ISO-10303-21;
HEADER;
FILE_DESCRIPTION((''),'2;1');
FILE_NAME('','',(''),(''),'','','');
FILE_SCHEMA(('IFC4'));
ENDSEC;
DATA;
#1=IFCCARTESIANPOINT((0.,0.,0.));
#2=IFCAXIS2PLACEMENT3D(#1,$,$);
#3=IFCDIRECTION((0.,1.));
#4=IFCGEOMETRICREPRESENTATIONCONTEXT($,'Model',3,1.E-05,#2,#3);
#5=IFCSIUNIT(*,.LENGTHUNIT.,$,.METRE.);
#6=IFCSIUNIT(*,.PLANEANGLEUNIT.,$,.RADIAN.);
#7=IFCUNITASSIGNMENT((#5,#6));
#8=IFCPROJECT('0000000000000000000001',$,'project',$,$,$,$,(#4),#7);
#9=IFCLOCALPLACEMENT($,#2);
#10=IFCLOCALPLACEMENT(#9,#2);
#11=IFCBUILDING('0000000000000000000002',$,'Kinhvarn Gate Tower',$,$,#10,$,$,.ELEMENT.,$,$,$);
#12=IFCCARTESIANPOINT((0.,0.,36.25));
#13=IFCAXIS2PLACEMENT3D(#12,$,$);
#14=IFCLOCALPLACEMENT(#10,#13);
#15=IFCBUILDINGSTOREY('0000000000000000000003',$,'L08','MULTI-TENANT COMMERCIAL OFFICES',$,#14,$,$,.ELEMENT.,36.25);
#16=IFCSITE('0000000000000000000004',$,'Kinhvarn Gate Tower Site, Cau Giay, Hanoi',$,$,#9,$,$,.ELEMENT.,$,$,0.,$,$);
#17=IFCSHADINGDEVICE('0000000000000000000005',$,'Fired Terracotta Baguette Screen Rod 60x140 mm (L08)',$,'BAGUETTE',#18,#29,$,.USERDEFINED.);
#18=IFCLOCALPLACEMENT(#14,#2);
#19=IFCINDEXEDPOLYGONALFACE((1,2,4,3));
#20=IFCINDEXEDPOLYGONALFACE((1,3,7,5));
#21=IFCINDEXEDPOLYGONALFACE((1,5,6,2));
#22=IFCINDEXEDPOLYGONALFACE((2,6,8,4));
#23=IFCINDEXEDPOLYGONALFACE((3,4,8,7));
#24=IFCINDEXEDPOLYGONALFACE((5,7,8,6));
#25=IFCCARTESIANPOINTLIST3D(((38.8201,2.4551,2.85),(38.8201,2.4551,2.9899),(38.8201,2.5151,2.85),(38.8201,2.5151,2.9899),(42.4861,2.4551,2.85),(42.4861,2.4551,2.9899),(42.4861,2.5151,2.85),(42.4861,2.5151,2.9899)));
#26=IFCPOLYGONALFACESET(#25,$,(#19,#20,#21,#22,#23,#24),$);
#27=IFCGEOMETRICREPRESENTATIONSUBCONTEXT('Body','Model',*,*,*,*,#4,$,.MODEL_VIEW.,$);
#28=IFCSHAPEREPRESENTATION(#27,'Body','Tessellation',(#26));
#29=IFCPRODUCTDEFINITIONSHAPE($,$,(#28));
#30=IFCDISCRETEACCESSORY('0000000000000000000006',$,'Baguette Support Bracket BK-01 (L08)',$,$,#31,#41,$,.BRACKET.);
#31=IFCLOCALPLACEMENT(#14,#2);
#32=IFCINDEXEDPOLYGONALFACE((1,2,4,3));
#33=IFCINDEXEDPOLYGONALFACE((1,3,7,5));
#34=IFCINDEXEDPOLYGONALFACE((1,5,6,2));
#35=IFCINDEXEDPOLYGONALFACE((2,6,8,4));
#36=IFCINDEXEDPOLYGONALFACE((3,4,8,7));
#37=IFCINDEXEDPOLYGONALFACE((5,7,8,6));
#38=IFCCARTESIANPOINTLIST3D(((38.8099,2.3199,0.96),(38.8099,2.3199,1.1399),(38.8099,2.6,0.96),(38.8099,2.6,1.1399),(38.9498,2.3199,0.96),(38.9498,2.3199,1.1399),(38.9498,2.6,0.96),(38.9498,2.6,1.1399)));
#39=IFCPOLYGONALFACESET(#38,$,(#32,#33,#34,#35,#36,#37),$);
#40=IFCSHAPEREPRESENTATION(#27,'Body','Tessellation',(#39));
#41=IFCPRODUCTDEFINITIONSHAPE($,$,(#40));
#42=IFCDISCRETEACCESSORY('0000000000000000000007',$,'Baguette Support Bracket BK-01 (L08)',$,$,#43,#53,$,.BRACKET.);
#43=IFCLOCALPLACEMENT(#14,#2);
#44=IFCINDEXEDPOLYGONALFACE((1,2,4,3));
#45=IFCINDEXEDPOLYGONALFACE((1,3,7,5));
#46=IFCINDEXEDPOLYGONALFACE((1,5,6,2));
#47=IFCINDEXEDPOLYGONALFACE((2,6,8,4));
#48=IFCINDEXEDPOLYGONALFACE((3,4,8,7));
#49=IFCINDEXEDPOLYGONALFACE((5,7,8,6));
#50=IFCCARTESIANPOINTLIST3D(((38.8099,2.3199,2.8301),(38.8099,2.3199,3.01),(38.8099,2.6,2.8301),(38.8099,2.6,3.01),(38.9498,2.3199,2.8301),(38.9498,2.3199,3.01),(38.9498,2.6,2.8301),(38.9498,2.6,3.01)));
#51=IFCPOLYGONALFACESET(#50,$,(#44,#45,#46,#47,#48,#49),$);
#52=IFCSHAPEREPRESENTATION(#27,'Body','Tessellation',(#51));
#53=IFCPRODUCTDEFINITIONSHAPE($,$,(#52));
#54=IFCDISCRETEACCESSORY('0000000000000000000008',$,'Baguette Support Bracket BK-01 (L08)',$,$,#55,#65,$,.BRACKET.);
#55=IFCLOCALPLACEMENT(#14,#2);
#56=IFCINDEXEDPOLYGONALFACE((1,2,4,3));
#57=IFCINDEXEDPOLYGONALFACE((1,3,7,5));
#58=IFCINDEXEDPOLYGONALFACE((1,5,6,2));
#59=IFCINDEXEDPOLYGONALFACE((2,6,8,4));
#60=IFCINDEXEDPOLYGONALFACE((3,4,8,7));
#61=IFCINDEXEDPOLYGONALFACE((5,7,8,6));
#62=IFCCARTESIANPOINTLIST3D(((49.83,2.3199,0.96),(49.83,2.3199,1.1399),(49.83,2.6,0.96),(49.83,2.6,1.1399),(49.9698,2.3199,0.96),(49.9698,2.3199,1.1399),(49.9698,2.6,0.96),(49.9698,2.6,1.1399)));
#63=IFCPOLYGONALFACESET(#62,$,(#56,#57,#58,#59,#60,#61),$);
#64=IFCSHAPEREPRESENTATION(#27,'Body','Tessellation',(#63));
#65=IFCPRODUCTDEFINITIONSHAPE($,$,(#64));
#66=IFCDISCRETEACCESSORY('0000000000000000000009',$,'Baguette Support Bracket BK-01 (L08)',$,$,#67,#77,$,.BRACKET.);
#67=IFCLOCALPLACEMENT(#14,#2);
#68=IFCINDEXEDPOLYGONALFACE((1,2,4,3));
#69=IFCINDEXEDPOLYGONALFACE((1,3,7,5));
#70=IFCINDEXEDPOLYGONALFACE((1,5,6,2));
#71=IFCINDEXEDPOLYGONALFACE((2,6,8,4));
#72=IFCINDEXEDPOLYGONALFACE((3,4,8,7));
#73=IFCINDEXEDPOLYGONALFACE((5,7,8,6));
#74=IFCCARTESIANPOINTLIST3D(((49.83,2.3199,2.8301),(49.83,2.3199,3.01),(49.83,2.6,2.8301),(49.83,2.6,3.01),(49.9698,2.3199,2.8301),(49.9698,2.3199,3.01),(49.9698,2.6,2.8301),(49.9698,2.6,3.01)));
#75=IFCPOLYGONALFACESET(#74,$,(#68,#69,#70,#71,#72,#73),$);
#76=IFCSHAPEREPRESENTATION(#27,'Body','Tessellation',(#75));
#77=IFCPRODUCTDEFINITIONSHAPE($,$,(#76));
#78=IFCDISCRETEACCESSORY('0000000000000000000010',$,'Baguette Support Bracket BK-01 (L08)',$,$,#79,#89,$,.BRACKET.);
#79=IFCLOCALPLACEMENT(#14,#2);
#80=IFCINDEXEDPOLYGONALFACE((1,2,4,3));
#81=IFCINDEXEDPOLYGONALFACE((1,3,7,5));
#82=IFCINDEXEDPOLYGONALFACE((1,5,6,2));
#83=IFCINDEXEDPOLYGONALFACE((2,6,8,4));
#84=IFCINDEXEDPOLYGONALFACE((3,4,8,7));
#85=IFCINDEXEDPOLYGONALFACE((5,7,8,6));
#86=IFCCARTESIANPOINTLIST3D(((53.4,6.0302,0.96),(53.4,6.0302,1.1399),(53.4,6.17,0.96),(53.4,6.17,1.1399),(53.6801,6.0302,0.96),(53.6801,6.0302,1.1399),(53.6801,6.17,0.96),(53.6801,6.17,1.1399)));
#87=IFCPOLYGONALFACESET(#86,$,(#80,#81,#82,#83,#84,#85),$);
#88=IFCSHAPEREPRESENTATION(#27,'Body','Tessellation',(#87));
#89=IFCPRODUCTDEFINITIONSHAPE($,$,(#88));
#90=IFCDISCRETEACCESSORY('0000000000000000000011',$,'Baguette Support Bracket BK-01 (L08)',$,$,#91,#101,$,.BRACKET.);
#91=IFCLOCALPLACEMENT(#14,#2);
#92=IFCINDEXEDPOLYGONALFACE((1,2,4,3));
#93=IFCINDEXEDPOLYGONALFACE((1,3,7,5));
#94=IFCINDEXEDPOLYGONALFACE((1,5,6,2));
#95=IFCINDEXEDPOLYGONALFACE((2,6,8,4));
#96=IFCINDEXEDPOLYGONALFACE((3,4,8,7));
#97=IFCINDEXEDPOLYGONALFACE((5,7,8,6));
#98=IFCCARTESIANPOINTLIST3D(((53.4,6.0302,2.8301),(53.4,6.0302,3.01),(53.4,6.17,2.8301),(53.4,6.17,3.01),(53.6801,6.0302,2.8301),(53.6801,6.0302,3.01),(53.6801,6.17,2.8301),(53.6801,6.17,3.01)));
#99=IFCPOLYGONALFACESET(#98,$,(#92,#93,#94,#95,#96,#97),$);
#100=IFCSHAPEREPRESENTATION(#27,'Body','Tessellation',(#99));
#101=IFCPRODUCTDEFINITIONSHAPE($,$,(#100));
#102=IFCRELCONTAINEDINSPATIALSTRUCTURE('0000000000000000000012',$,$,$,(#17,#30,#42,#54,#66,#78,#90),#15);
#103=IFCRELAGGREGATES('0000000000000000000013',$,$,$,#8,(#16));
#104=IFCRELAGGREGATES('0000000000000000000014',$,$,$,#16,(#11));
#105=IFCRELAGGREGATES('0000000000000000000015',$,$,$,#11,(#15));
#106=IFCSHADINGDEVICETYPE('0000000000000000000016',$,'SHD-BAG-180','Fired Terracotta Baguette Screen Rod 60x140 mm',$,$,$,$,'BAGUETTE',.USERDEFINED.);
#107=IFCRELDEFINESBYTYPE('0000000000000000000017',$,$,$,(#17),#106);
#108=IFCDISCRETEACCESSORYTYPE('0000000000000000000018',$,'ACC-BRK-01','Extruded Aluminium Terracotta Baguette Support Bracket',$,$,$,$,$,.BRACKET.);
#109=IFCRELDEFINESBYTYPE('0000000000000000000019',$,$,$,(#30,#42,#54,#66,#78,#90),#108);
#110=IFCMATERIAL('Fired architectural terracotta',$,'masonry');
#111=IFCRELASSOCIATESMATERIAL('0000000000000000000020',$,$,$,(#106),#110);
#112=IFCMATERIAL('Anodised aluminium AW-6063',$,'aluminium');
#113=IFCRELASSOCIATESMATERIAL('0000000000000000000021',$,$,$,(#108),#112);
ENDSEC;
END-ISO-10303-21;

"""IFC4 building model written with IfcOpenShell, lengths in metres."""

from ifc_helpers import new_model, si_unit, direction, frame, origin, origin_2d, place, context, subcontext, project, spatial, rectangle, extrude, material, material_profile, profile_set, type_object, element, save


model = new_model("IFC4")

# Units and contexts
model_context = context("Model", 3, precision=1e-05, world=origin(), true_north=direction((0.0, 1.0)))
body_context = subcontext(model_context, "Body", "Model", "MODEL_VIEW")
ifc_project = project(units=[si_unit("LENGTHUNIT", "METRE"), si_unit("PLANEANGLEUNIT", "RADIAN")], contexts=[model_context])

# Site, building, storey
site_placement = place(None, origin())
site = spatial("IfcSite", under=ifc_project, at=site_placement, Name="Kinhvarn Gate Tower Site, Cau Giay, Hanoi", CompositionType="ELEMENT", RefElevation=0.0)
building_placement = place(site_placement, origin())
building = spatial("IfcBuilding", under=site, at=building_placement, Name="Kinhvarn Gate Tower", CompositionType="ELEMENT")
storey_placement = place(building_placement, frame((0.0, 0.0, 36.25)))
storey = spatial("IfcBuildingStorey", under=building, at=storey_placement, Name="L08", Description="MULTI-TENANT COMMERCIAL OFFICES", CompositionType="ELEMENT", Elevation=36.25)

# Shared definitions
ifc_material_1 = material(Name="Anodised aluminium AW-6063", Category="aluminium")

# Shared definitions
ifc_material_2 = material(Name="Fired architectural terracotta", Category="masonry")

# Shading device
ifc_material_profile_1 = material_profile(ifc_material_2, rectangle(XDim=0.0601, YDim=0.1399, at=origin_2d()), Name="TC 60x140")
ifc_profile_set_1 = profile_set([ifc_material_profile_1], Name="Fired architectural terracotta")
shading_device_type = type_object("IfcShadingDeviceType", Name="SHD-BAG-180", Description="Fired Terracotta Baguette Screen Rod 60x140 mm", ElementType="BAGUETTE", PredefinedType="USERDEFINED", material=ifc_profile_set_1)
for number, where, z_axis, x_axis, name in (
    (1, (38.8201, 2.4851, 2.9199), (1.0, 0.0, 0.0), (0.0, 1.0, 0.0), "Fired Terracotta Baguette Screen Rod 60x140 mm (L08)"),
):
    element("IfcShadingDevice", number, at=place(storey_placement, frame(where, z_axis=z_axis, x_axis=x_axis)), inside=storey, type_object=shading_device_type, Name=name, ObjectType="BAGUETTE", PredefinedType="USERDEFINED", context=body_context, shape_type="SweptSolid", body=[
        extrude(rectangle(XDim=0.0601, YDim=0.1399, at=origin_2d()), origin(), (0.0, 0.0, 1.0), 3.666),
    ])

# Discrete accessories
discrete_accessory_type = type_object("IfcDiscreteAccessoryType", Name="ACC-BRK-01", Description="Extruded Aluminium Terracotta Baguette Support Bracket", PredefinedType="BRACKET", material=ifc_material_1)
for number, where, z_axis, x_axis, name in (
    (2, (38.8799, 2.46, 0.96), (0.0, 0.0, 1.0), (1.0, 0.0, 0.0), "Baguette Support Bracket BK-01 (L08)"),
    (3, (38.8799, 2.46, 2.8301), (0.0, 0.0, 1.0), (1.0, 0.0, 0.0), "Baguette Support Bracket BK-01 (L08)"),
    (4, (49.8999, 2.46, 0.96), (0.0, 0.0, 1.0), (1.0, 0.0, 0.0), "Baguette Support Bracket BK-01 (L08)"),
    (5, (49.8999, 2.46, 2.8301), (0.0, 0.0, 1.0), (1.0, 0.0, 0.0), "Baguette Support Bracket BK-01 (L08)"),
    (6, (53.54, 6.1001, 0.96), (0.0, 0.0, 1.0), (0.0, 1.0, 0.0), "Baguette Support Bracket BK-01 (L08)"),
    (7, (53.54, 6.1001, 2.8301), (0.0, 0.0, 1.0), (0.0, 1.0, 0.0), "Baguette Support Bracket BK-01 (L08)"),
):
    element("IfcDiscreteAccessory", number, at=place(storey_placement, frame(where, z_axis=z_axis, x_axis=x_axis)), inside=storey, type_object=discrete_accessory_type, Name=name, PredefinedType="BRACKET", context=body_context, shape_type="SweptSolid", body=[
        extrude(rectangle(XDim=0.1399, YDim=0.28, at=origin_2d()), origin(), (0.0, 0.0, 1.0), 0.1799),
    ])

save(model, "model.ifc")
